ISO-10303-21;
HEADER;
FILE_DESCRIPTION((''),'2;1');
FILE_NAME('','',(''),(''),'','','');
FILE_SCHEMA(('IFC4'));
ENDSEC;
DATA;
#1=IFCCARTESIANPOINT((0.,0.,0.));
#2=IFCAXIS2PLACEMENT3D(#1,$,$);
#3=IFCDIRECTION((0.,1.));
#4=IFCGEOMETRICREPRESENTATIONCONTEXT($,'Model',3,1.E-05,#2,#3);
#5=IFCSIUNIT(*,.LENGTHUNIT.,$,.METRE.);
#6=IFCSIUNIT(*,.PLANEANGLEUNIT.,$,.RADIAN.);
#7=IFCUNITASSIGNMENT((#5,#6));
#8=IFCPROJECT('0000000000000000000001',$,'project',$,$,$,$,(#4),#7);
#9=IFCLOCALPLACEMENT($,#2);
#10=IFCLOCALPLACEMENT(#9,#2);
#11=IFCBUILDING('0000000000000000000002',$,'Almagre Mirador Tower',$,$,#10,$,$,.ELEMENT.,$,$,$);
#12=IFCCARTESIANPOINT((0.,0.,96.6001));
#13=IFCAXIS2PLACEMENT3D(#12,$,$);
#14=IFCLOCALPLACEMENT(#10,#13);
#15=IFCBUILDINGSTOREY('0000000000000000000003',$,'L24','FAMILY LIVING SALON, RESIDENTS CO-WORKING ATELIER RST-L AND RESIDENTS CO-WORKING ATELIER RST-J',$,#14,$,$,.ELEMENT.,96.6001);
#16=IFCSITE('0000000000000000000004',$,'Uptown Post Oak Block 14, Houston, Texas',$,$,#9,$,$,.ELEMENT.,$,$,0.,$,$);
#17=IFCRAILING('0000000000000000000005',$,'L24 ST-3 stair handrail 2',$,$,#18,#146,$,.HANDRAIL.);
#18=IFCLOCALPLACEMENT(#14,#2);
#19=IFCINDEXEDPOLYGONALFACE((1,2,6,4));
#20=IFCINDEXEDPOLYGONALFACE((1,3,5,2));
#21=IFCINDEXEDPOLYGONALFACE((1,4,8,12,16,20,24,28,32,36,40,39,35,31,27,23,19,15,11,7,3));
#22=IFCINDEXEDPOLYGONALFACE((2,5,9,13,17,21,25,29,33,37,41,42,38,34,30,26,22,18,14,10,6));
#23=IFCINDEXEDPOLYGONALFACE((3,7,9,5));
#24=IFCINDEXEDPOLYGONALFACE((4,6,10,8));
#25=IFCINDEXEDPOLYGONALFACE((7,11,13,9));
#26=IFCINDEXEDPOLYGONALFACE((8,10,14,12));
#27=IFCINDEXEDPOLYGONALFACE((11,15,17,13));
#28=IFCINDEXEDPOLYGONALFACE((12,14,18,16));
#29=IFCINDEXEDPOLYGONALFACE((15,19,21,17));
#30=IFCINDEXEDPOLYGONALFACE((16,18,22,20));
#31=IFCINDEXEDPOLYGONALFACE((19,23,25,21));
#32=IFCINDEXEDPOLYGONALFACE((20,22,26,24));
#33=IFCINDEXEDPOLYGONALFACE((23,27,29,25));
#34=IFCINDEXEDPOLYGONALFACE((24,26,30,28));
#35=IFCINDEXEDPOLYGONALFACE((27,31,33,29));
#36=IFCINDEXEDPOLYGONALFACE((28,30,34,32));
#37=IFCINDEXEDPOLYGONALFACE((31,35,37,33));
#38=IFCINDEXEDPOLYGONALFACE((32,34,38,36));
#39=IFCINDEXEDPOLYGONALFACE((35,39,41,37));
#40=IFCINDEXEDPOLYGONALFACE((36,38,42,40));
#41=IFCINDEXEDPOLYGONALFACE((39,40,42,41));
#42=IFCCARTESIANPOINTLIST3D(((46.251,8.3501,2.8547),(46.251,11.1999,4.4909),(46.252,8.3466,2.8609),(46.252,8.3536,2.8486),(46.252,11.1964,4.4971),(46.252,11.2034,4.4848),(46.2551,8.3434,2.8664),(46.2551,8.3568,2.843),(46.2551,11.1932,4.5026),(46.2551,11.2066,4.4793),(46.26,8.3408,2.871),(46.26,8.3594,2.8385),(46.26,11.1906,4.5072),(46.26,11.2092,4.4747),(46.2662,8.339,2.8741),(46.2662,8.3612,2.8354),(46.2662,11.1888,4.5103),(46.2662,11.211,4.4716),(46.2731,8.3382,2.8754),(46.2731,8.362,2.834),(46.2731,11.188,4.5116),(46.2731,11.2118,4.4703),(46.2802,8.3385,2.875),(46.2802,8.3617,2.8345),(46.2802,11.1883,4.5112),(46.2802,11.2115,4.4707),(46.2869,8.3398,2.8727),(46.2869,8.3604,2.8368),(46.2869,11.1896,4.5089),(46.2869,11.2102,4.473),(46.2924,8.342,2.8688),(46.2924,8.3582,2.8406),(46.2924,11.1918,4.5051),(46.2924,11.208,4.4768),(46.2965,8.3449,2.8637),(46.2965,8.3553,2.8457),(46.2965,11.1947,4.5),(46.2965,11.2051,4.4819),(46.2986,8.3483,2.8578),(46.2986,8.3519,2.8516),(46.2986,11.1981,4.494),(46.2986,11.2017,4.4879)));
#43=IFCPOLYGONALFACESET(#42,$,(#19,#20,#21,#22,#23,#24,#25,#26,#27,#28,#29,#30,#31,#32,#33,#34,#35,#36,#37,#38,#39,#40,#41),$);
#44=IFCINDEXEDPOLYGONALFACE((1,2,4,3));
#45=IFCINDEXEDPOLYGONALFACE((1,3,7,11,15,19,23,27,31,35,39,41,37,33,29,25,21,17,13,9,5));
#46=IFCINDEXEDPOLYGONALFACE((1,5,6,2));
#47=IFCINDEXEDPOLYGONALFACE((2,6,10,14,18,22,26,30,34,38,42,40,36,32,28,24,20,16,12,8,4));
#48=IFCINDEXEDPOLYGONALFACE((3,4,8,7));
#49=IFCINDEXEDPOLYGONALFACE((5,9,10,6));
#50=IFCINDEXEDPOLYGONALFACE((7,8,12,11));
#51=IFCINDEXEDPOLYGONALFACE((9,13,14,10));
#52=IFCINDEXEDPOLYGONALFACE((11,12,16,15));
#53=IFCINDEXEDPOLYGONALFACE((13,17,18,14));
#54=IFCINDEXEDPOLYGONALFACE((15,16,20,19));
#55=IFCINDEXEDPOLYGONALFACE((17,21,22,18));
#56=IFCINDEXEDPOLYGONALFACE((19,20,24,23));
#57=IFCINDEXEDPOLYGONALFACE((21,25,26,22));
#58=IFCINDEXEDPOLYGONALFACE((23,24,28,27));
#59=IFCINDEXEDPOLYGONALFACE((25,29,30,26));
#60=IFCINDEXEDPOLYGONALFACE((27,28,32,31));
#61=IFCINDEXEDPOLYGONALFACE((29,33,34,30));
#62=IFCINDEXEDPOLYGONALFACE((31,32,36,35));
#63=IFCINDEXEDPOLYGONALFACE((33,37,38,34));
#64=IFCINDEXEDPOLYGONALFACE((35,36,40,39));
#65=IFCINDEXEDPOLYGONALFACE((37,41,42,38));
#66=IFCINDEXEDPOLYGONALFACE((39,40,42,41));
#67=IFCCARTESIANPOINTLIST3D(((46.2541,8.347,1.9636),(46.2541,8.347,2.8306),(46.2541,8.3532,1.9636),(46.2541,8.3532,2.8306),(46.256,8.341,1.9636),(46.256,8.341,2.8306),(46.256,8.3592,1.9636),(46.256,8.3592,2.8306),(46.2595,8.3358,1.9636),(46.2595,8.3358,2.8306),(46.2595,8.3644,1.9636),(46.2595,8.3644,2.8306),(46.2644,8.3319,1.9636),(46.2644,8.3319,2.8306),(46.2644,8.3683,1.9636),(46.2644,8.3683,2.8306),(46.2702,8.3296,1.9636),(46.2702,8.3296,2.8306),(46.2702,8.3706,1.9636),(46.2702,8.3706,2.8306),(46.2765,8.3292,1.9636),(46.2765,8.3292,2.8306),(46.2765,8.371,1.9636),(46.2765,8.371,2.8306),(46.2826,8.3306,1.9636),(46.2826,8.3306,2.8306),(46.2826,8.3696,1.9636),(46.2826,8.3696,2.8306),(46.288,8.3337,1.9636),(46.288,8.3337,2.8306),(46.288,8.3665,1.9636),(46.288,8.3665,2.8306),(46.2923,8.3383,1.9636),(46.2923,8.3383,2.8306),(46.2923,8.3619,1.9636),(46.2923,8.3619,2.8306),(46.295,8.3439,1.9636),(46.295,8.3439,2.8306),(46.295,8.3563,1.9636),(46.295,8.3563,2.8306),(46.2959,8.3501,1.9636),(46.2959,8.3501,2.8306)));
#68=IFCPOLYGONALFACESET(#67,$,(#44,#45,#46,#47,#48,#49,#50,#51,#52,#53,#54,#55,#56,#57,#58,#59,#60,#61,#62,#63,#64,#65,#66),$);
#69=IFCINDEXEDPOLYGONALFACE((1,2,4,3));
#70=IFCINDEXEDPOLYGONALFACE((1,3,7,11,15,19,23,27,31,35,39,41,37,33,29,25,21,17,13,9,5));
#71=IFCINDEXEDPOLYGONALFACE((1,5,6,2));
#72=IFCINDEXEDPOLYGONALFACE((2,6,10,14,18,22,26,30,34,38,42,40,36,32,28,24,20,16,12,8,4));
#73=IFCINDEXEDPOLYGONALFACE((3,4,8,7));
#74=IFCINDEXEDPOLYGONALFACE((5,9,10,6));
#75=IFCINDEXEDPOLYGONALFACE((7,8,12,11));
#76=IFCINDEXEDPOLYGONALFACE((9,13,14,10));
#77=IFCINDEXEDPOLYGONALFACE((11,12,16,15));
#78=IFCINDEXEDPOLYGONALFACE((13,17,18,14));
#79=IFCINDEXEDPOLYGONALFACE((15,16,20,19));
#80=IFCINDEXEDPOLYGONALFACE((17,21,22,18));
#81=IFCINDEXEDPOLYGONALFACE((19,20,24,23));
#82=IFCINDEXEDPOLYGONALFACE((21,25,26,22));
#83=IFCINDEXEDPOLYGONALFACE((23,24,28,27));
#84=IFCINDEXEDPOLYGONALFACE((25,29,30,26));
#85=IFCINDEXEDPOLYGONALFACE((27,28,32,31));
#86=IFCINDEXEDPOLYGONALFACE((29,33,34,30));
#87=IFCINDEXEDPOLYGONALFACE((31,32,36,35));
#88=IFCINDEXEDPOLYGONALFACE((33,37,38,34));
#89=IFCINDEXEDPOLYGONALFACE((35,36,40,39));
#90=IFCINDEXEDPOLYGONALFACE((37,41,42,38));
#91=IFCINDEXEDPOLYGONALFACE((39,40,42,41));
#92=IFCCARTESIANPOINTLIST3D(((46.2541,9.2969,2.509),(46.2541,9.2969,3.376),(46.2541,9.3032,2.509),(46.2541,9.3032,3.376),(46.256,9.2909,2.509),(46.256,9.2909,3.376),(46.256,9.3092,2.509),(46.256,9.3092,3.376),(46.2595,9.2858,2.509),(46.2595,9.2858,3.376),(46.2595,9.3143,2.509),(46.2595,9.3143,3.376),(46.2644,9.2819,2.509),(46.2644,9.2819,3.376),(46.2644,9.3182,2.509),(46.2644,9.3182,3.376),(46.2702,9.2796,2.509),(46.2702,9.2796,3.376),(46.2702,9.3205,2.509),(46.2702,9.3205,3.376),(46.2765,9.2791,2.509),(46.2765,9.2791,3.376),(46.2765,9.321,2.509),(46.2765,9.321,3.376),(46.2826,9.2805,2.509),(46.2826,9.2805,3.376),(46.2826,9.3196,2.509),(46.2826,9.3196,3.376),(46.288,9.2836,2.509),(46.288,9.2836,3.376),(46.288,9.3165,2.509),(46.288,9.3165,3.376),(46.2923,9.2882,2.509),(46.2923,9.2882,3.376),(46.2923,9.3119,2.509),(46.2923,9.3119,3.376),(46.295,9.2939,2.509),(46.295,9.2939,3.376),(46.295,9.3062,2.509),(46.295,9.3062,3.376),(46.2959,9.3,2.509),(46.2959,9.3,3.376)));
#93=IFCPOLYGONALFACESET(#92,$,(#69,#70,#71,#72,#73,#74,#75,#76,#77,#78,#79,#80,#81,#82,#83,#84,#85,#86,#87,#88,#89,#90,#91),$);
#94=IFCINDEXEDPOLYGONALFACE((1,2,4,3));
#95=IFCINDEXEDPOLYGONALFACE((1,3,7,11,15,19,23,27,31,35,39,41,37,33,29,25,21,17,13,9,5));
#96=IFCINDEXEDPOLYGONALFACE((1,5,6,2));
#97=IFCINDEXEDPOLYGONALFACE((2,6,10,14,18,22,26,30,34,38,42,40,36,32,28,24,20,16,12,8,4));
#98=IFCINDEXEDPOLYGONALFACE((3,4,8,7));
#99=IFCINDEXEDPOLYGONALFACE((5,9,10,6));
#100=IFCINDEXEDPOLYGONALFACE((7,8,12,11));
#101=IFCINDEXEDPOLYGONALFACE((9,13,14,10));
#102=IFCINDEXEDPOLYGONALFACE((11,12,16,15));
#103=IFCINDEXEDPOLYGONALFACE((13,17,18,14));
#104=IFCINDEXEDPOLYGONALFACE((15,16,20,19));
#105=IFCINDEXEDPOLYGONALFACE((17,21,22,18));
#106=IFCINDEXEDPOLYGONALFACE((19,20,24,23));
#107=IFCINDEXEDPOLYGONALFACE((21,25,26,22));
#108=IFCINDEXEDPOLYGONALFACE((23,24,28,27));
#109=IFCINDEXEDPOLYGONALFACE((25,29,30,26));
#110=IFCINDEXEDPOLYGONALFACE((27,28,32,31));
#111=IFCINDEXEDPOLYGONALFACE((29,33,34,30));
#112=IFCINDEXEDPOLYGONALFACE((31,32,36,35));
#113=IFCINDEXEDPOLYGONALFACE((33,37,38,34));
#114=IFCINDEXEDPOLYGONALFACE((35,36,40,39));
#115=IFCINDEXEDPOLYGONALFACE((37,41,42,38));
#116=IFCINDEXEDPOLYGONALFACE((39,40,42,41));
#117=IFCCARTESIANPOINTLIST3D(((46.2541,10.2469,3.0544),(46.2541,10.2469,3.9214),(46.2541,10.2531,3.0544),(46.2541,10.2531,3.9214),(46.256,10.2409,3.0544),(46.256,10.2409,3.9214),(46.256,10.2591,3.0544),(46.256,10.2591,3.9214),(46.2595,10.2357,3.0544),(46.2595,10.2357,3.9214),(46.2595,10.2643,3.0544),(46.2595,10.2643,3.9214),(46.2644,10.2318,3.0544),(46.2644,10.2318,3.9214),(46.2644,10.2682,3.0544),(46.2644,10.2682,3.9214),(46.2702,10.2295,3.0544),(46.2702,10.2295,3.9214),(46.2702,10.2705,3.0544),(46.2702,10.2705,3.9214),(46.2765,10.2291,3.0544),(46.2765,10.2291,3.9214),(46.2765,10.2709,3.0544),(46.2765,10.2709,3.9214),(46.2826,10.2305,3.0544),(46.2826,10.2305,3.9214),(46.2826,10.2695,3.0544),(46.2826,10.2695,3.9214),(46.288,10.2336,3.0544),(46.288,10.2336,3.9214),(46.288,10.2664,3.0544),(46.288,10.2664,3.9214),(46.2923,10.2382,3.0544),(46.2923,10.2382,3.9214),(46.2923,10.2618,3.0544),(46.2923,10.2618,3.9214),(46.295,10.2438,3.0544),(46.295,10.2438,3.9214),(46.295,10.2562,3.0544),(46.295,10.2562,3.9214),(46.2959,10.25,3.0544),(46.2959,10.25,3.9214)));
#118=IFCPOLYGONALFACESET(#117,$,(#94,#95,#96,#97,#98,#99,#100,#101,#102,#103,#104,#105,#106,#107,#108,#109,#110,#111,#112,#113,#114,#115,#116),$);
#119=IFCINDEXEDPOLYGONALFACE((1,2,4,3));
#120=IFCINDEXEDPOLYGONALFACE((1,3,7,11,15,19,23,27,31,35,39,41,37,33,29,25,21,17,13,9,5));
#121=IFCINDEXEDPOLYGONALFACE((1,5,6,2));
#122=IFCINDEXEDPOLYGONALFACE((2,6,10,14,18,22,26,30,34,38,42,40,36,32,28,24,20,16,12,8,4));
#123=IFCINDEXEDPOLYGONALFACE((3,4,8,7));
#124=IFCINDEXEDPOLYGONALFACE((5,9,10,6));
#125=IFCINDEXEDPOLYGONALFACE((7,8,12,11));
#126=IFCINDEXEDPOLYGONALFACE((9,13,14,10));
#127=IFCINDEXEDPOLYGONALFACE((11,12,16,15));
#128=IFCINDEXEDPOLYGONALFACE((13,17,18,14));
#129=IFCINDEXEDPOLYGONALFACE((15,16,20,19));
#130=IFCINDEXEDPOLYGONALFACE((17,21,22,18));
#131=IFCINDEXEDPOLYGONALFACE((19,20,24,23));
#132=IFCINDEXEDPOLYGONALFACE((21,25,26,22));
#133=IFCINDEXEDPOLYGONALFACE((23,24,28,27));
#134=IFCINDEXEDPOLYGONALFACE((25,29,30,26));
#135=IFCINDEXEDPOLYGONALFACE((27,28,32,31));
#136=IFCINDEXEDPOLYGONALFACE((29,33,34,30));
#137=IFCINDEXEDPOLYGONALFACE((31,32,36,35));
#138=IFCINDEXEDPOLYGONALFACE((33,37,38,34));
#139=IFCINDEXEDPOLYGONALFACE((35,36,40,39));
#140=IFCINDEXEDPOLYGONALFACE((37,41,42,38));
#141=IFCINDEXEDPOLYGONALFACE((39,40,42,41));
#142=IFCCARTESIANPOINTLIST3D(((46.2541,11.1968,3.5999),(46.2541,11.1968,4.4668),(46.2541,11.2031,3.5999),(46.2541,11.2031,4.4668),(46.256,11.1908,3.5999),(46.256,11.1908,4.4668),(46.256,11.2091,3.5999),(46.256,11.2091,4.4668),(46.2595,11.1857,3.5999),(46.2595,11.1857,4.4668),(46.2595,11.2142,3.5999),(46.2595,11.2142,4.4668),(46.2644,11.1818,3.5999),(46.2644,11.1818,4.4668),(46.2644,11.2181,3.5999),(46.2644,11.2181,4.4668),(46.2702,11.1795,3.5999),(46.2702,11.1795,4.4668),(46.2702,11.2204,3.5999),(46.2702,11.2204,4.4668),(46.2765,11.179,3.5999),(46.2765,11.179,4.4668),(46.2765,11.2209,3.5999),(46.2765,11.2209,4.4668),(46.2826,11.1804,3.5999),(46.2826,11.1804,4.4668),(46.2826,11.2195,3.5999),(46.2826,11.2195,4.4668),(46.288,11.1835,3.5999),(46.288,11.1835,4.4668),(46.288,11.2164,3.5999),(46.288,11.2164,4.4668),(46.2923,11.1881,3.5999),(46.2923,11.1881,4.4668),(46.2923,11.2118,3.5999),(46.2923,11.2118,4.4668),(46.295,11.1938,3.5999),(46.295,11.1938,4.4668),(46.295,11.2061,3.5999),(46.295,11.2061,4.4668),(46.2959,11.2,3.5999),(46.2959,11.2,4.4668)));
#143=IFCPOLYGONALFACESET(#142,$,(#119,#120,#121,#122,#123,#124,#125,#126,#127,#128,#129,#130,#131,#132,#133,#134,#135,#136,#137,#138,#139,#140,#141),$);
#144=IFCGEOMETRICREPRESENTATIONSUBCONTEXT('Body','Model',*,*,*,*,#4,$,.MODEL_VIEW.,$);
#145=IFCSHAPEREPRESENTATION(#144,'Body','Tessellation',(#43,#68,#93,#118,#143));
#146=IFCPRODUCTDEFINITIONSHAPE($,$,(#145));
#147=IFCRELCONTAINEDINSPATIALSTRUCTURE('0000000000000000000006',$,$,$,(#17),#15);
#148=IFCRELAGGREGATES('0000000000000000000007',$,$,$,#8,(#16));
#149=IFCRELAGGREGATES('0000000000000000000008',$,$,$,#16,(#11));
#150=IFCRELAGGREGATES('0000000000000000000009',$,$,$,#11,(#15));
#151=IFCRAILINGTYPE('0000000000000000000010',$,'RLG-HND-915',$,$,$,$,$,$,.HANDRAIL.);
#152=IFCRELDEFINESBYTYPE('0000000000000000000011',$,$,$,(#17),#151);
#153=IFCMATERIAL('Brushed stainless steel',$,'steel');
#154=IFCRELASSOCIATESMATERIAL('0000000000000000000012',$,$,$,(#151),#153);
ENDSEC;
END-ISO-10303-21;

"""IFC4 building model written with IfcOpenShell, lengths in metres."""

from ifc_helpers import new_model, si_unit, direction, frame, origin, origin_2d, place, context, subcontext, project, spatial, circle, extrude, material, type_object, element, save


model = new_model("IFC4")

# Units and contexts
model_context = context("Model", 3, precision=1e-05, world=origin(), true_north=direction((0.0, 1.0)))
body_context = subcontext(model_context, "Body", "Model", "MODEL_VIEW")
ifc_project = project(units=[si_unit("LENGTHUNIT", "METRE"), si_unit("PLANEANGLEUNIT", "RADIAN")], contexts=[model_context])

# Site, building, storey
site_placement = place(None, origin())
site = spatial("IfcSite", under=ifc_project, at=site_placement, Name="Uptown Post Oak Block 14, Houston, Texas", CompositionType="ELEMENT", RefElevation=0.0)
building_placement = place(site_placement, origin())
building = spatial("IfcBuilding", under=site, at=building_placement, Name="Almagre Mirador Tower", CompositionType="ELEMENT")
storey_placement = place(building_placement, frame((0.0, 0.0, 96.6001)))
storey = spatial("IfcBuildingStorey", under=building, at=storey_placement, Name="L24", Description="FAMILY LIVING SALON, RESIDENTS CO-WORKING ATELIER RST-L AND RESIDENTS CO-WORKING ATELIER RST-J", CompositionType="ELEMENT", Elevation=96.6001)

# Railing
ifc_material_1 = material(Name="Brushed stainless steel", Category="steel")
railing_type = type_object("IfcRailingType", Name="RLG-HND-915", PredefinedType="HANDRAIL", material=ifc_material_1)
railing_placement = place(storey_placement, frame((46.2749, 8.3501, 1.9636)))
element("IfcRailing", 1, at=railing_placement, inside=storey, type_object=railing_type, Name="L24 ST-3 stair handrail 2", PredefinedType="HANDRAIL", context=body_context, shape_type="SweptSolid", body=[
    extrude(circle(Radius=0.0239, at=origin_2d()), frame((0.0, 0.0, 0.8911), z_axis=(0.0, 0.867226, 0.497914), x_axis=(-1.0, 0.0, 0.0)), (0.0, 0.0, 1.0), 3.2861),
    extrude(circle(Radius=0.021, at=origin_2d()), origin(), (0.0, 0.0, 1.0), 0.8669),
    extrude(circle(Radius=0.021, at=origin_2d()), frame((0.0, 0.95, 0.5454)), (0.0, 0.0, 1.0), 0.8669),
    extrude(circle(Radius=0.021, at=origin_2d()), frame((0.0, 1.8999, 1.0908)), (0.0, 0.0, 1.0), 0.8669),
    extrude(circle(Radius=0.021, at=origin_2d()), frame((0.0, 2.8499, 1.6362)), (0.0, 0.0, 1.0), 0.8669),
])

save(model, "model.ifc")
